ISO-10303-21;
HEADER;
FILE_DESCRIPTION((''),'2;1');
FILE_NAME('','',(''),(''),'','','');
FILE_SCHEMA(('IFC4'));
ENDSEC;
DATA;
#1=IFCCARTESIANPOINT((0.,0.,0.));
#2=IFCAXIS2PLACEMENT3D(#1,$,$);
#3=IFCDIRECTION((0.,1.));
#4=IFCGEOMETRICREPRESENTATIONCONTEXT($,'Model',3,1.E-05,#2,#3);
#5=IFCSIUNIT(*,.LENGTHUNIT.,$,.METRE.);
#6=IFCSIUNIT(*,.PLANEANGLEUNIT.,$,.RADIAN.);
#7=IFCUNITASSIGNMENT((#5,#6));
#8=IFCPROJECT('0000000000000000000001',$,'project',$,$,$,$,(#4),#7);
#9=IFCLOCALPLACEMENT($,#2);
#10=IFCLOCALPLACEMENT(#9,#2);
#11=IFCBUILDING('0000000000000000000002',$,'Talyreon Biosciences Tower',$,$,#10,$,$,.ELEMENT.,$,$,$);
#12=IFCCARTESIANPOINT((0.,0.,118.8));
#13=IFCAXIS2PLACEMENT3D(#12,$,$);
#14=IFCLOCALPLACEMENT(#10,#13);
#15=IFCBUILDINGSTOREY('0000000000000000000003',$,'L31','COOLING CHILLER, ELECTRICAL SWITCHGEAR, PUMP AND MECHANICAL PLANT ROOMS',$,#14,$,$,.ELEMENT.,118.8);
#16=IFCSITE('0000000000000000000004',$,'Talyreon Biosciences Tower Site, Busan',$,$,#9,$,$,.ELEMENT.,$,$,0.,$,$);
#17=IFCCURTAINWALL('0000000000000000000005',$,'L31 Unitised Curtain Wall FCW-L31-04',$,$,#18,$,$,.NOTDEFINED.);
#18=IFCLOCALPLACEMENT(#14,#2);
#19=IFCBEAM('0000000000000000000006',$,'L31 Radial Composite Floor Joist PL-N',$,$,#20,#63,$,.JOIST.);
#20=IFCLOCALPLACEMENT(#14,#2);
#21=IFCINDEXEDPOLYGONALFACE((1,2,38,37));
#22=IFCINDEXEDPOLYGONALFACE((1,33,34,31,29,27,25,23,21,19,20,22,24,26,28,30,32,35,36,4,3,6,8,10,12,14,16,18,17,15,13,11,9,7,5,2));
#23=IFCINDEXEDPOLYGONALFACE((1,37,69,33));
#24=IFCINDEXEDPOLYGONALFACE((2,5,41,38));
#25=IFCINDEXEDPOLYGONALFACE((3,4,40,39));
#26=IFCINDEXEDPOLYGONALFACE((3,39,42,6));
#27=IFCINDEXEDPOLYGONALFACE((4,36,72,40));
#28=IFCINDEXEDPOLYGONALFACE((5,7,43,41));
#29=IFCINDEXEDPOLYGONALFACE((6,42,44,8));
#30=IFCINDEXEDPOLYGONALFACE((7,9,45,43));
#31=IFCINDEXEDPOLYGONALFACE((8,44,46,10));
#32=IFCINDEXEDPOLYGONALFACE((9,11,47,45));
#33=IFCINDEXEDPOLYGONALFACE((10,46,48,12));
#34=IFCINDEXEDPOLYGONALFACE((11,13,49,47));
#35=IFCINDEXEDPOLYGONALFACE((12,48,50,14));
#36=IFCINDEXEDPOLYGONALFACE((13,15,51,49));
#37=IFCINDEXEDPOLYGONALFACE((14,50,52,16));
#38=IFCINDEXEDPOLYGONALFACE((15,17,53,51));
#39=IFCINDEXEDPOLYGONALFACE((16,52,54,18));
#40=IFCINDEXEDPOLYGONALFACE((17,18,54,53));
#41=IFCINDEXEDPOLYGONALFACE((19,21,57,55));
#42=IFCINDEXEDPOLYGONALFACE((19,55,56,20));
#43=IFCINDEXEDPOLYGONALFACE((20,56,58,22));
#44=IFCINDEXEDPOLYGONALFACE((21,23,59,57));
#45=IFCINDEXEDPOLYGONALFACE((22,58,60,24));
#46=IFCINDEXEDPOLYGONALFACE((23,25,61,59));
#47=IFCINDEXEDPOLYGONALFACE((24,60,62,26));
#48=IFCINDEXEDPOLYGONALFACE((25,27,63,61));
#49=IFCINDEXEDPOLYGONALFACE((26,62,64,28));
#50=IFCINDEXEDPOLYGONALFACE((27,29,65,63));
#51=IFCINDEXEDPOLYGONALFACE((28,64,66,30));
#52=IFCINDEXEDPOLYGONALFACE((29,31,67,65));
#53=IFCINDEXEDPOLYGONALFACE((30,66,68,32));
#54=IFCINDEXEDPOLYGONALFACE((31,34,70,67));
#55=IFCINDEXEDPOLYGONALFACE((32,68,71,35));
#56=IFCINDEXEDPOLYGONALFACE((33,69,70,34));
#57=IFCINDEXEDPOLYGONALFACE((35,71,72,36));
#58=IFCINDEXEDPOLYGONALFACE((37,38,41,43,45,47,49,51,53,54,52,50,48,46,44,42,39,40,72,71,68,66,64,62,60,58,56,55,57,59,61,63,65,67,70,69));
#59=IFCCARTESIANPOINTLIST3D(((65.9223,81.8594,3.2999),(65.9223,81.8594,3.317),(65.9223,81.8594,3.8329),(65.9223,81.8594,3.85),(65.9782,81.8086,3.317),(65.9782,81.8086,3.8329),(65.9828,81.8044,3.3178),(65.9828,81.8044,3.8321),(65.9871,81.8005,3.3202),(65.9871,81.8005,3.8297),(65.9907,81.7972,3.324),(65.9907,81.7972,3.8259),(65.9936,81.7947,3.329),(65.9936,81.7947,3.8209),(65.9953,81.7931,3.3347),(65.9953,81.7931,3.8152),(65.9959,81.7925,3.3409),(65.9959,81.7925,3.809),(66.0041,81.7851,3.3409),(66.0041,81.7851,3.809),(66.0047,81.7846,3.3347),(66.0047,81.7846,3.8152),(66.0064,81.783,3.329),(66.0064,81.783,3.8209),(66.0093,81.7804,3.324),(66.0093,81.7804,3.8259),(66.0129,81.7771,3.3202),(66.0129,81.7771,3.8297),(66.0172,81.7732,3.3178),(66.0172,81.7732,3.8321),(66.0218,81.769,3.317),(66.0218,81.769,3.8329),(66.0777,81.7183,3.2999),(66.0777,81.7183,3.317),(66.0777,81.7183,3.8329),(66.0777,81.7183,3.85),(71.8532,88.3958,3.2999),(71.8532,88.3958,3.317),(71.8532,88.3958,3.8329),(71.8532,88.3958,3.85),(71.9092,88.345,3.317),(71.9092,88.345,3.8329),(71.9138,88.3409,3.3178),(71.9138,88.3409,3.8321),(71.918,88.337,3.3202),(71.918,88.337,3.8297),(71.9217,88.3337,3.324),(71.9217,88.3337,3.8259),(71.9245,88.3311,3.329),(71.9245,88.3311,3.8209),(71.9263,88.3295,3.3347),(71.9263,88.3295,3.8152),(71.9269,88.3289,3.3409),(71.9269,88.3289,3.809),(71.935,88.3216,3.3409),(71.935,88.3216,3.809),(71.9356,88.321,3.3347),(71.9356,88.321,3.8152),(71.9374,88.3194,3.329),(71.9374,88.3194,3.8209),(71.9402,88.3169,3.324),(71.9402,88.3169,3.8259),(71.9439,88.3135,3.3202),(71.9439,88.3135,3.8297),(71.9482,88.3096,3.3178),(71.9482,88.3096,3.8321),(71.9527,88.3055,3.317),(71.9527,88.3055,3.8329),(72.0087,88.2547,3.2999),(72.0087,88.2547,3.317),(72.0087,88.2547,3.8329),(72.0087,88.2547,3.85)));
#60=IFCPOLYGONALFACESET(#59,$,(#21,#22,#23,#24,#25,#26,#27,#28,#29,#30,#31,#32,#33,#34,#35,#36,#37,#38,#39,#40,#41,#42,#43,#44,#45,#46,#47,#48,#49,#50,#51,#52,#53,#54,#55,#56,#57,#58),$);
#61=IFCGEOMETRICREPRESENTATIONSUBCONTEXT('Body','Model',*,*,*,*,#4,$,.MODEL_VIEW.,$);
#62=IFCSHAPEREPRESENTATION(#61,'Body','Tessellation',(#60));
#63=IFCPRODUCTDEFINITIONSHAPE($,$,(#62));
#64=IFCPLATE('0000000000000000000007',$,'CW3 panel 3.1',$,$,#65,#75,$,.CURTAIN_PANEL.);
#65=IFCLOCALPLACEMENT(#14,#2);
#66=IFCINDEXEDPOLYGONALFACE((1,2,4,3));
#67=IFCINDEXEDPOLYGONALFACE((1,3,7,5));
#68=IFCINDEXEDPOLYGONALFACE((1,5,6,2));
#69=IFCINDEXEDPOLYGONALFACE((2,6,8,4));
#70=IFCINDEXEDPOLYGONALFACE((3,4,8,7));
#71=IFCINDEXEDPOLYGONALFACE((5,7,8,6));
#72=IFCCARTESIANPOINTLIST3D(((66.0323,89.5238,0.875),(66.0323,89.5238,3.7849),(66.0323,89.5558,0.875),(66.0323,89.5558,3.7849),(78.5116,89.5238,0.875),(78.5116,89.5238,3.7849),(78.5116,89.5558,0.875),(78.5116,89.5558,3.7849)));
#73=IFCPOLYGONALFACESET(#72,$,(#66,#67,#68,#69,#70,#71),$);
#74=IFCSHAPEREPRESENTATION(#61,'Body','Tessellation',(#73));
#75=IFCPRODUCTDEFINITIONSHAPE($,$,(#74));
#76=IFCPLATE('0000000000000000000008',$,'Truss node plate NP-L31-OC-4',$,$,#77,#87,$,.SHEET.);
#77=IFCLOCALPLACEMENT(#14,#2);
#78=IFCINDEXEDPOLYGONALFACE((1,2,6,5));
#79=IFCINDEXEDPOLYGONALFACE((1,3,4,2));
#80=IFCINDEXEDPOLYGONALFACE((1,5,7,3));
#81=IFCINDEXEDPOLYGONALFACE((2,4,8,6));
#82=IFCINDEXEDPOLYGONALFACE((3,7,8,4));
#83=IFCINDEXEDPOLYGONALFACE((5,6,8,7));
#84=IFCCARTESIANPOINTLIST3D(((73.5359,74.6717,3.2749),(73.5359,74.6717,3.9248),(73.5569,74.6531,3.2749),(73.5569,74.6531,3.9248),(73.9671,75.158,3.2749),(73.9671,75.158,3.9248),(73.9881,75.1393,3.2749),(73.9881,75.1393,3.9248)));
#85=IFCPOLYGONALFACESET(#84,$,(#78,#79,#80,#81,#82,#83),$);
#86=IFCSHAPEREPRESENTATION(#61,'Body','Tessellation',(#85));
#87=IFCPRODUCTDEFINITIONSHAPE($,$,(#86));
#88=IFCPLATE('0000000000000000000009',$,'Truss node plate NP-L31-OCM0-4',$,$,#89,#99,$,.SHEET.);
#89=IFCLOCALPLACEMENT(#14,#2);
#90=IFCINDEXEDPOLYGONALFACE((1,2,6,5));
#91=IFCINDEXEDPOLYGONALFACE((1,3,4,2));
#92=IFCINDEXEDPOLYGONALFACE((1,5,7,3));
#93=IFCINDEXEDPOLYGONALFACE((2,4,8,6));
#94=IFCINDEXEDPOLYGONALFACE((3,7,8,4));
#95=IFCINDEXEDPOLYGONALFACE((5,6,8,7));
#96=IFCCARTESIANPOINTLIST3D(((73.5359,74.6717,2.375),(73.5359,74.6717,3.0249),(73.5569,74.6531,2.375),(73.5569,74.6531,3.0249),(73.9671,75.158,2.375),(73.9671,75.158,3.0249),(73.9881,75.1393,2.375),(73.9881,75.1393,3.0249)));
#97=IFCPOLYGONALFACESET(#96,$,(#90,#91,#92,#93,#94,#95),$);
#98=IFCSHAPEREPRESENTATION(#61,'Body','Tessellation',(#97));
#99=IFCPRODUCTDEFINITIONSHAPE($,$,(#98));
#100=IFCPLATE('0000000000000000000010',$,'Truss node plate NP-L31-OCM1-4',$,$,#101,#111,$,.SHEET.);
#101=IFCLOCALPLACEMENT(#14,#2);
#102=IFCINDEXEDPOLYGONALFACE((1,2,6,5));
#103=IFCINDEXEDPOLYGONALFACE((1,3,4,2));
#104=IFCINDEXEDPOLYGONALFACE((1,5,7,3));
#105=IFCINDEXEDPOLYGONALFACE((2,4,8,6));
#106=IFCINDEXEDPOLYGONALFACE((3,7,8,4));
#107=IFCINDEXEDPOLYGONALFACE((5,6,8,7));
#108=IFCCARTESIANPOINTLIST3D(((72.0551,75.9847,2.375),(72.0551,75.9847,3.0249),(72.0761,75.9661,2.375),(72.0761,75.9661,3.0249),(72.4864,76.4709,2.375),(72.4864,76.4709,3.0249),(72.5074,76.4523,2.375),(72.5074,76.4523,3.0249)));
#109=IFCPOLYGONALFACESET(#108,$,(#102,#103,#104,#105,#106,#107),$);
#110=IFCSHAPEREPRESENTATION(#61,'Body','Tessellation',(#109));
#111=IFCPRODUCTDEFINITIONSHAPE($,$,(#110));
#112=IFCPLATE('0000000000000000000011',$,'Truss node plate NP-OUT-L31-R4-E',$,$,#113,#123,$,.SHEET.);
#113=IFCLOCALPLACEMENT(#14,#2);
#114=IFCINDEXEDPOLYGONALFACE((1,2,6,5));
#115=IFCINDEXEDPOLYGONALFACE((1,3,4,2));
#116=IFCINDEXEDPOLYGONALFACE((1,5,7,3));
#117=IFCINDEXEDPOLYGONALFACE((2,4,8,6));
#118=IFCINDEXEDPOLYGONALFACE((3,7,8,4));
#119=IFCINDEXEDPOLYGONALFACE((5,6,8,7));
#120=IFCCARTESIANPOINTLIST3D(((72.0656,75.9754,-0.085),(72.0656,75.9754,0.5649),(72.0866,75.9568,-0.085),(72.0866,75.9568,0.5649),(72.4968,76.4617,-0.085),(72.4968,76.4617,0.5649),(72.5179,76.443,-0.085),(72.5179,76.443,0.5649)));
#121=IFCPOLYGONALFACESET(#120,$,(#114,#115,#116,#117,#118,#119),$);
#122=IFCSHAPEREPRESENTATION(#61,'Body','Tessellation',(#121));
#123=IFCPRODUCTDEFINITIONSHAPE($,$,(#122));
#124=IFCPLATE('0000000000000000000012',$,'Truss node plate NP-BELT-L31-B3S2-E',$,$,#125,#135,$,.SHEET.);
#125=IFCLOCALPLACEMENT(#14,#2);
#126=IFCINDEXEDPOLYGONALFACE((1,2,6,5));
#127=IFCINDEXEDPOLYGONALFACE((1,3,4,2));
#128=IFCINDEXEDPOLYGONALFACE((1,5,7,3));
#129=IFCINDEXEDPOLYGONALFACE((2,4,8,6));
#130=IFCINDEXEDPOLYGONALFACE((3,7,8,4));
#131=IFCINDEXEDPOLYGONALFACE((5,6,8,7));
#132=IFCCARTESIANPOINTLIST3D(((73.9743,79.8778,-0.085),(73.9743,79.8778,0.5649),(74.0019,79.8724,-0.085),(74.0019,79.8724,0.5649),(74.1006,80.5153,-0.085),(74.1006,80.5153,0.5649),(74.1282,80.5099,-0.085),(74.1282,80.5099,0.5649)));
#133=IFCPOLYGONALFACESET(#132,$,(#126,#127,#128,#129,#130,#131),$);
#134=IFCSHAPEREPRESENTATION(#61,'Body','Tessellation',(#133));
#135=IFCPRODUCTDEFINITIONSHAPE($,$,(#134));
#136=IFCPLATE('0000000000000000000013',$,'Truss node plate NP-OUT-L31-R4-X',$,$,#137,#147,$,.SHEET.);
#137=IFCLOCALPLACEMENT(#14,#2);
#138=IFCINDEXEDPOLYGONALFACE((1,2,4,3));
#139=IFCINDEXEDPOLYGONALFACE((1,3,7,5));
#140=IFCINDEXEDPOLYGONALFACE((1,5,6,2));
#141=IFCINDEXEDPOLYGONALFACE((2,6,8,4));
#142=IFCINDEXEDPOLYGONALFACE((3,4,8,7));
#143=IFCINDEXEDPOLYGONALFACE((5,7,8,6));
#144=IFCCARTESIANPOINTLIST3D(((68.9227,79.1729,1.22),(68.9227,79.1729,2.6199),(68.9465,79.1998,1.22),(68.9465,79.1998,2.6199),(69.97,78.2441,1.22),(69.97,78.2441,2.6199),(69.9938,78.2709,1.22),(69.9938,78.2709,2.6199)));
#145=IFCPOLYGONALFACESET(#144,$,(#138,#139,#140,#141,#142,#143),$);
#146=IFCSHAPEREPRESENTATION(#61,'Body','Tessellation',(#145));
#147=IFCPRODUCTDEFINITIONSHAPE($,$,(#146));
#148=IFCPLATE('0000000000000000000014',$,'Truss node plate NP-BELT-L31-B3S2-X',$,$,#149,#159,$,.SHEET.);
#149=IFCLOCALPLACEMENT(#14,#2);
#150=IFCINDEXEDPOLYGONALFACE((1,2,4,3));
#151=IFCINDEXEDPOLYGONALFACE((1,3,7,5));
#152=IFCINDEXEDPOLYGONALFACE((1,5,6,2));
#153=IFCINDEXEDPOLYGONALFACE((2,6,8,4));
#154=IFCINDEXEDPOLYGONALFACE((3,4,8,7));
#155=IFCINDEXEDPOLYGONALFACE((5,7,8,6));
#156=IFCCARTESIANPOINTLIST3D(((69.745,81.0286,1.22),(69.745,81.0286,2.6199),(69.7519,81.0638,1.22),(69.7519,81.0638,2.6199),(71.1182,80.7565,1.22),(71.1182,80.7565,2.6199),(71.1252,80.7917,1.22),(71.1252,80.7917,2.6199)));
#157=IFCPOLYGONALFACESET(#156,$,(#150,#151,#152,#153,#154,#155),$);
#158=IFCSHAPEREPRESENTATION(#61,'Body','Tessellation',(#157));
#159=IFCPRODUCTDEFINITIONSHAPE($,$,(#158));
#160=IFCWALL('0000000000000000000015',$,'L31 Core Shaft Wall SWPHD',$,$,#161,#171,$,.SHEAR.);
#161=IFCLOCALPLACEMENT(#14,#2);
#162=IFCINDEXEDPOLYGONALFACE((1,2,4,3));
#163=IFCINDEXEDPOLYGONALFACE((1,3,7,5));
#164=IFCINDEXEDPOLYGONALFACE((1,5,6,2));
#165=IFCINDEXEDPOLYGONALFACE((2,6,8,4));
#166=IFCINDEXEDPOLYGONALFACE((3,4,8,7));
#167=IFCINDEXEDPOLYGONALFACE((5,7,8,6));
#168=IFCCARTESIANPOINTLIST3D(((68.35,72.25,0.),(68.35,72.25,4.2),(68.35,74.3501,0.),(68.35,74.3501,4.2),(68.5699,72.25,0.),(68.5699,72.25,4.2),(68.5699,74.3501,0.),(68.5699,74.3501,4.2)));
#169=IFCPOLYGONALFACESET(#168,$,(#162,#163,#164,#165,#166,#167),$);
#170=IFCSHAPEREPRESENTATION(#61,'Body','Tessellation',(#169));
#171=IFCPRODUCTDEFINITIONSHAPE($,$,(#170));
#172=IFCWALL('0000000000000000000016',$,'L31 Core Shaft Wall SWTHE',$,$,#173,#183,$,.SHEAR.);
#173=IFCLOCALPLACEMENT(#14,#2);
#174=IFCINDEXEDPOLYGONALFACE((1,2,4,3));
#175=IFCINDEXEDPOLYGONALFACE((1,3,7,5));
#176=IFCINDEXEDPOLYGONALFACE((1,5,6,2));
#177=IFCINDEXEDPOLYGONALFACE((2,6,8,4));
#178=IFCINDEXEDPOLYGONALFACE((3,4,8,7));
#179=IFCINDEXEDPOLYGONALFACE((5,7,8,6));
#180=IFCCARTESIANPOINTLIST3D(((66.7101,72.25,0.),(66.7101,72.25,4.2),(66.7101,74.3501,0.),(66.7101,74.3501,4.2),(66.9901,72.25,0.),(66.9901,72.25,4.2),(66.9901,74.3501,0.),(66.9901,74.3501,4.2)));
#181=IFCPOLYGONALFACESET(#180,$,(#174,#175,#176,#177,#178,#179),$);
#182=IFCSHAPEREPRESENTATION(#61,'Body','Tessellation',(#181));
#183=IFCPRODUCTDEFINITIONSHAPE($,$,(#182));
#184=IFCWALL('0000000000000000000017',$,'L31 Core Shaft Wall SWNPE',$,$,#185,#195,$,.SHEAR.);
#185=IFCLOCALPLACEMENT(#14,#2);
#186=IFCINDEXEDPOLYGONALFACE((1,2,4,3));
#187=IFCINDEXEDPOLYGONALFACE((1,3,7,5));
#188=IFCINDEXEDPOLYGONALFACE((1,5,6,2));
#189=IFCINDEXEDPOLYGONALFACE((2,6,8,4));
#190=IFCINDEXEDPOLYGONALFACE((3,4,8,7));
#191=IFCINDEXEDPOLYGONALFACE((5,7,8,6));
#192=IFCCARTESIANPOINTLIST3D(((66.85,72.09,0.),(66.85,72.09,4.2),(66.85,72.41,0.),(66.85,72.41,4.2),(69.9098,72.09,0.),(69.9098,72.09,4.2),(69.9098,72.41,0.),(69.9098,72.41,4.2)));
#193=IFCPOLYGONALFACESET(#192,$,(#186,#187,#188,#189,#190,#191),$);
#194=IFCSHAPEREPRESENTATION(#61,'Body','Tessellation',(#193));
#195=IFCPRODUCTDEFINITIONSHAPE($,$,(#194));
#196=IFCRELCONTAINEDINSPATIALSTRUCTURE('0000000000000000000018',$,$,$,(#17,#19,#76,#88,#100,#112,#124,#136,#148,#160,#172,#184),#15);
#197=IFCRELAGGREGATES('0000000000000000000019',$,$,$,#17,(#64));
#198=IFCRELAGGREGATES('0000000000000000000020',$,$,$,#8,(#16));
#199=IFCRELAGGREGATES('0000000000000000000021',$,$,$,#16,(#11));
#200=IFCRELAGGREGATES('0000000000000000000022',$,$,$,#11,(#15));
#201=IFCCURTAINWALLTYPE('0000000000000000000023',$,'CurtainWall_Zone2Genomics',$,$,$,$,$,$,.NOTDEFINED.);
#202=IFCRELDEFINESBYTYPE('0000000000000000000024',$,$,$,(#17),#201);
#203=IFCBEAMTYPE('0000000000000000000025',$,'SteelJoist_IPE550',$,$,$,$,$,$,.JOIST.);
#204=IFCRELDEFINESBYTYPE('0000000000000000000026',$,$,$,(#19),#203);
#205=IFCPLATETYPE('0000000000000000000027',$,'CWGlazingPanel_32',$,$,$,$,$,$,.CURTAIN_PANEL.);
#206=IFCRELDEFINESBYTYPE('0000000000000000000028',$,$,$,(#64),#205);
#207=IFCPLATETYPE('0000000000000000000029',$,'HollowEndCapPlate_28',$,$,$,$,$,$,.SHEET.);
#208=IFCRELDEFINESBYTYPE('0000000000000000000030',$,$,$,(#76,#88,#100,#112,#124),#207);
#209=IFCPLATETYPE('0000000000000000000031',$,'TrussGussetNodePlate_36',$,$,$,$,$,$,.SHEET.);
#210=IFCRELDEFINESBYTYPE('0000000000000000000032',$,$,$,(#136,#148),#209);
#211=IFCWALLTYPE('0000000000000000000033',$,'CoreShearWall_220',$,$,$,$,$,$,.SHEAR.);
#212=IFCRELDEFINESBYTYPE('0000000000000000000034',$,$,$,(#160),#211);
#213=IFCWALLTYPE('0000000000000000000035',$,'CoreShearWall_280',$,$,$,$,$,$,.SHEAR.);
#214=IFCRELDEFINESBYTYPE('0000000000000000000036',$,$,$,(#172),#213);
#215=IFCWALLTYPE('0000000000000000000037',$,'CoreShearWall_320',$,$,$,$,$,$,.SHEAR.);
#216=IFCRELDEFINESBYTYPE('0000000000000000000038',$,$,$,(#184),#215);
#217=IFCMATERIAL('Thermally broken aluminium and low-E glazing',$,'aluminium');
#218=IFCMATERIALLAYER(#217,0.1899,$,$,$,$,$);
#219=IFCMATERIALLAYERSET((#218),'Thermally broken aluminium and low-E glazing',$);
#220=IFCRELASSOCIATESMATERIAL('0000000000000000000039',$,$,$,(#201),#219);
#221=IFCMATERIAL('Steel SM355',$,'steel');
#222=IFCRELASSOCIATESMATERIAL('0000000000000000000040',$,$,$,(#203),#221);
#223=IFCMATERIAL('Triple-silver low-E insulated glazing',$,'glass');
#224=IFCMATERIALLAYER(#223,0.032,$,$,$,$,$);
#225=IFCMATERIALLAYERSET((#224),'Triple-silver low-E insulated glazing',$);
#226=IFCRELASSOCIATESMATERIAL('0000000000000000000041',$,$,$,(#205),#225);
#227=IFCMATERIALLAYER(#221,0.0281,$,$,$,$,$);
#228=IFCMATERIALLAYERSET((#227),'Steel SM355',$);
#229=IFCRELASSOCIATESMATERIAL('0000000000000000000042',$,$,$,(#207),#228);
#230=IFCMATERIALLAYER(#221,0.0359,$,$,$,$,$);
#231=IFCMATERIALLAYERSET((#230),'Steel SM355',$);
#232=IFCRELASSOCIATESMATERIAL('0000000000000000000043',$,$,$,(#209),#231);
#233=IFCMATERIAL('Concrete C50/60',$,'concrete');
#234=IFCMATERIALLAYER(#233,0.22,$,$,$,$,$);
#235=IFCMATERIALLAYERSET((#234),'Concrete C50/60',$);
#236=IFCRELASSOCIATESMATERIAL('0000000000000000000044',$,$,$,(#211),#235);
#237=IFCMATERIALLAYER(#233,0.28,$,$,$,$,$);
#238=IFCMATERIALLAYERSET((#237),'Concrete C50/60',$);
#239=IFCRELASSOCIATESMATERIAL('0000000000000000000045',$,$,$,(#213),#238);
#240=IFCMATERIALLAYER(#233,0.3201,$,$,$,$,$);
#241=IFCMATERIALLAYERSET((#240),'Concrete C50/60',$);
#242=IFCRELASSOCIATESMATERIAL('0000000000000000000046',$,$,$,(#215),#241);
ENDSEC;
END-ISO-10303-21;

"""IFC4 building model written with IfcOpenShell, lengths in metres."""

from ifc_helpers import new_model, si_unit, direction, frame, frame_2d, origin, origin_2d, place, context, subcontext, project, spatial, rectangle, i_section, extrude, material, layer, layer_set, material_profile, profile_set, type_object, element, aggregate, save


model = new_model("IFC4")

# Units and contexts
model_context = context("Model", 3, precision=1e-05, world=origin(), true_north=direction((0.0, 1.0)))
body_context = subcontext(model_context, "Body", "Model", "MODEL_VIEW")
ifc_project = project(units=[si_unit("LENGTHUNIT", "METRE"), si_unit("PLANEANGLEUNIT", "RADIAN")], contexts=[model_context])

# Site, building, storey
site_placement = place(None, origin())
site = spatial("IfcSite", under=ifc_project, at=site_placement, Name="Talyreon Biosciences Tower Site, Busan", CompositionType="ELEMENT", RefElevation=0.0)
building_placement = place(site_placement, origin())
building = spatial("IfcBuilding", under=site, at=building_placement, Name="Talyreon Biosciences Tower", CompositionType="ELEMENT")
storey_placement = place(building_placement, frame((0.0, 0.0, 118.8)))
storey = spatial("IfcBuildingStorey", under=building, at=storey_placement, Name="L31", Description="COOLING CHILLER, ELECTRICAL SWITCHGEAR, PUMP AND MECHANICAL PLANT ROOMS", CompositionType="ELEMENT", Elevation=118.8)

# Shared definitions
ifc_material_1 = material(Name="Concrete C50/60", Category="concrete")

# Shared definitions
ifc_material_2 = material(Name="Steel SM355", Category="steel")

# Curtain wall
ifc_material_3 = material(Name="Thermally broken aluminium and low-E glazing", Category="aluminium")
ifc_layer_1 = layer(ifc_material_3, 0.1899)
ifc_layer_set_1 = layer_set([ifc_layer_1], Name="Thermally broken aluminium and low-E glazing")
curtain_wall_type = type_object("IfcCurtainWallType", Name="CurtainWall_Zone2Genomics", PredefinedType="NOTDEFINED", material=ifc_layer_set_1)
curtain_wall_placement = place(storey_placement, origin())
curtain_wall = element("IfcCurtainWall", 1, at=curtain_wall_placement, inside=storey, type_object=curtain_wall_type, Name="L31 Unitised Curtain Wall FCW-L31-04", PredefinedType="NOTDEFINED")

# Beam
ifc_material_profile_1 = material_profile(ifc_material_2, i_section(OverallWidth=0.21, OverallDepth=0.55, WebThickness=0.011, FlangeThickness=0.0171, FilletRadius=0.0239, at=origin_2d()), Name="IPE550")
ifc_profile_set_1 = profile_set([ifc_material_profile_1], Name="Steel SM355")
beam_type_1 = type_object("IfcBeamType", Name="SteelJoist_IPE550", PredefinedType="JOIST", material=ifc_profile_set_1)
beam_1_placement = place(storey_placement, frame((66.0, 81.7888, 3.575), z_axis=(0.671974, 0.740574, 0.0), x_axis=(-0.740574, 0.671974, 0.0)))
element("IfcBeam", 2, at=beam_1_placement, inside=storey, type_object=beam_type_1, Name="L31 Radial Composite Floor Joist PL-N", PredefinedType="JOIST", context=body_context, shape_type="SweptSolid", body=[
    extrude(i_section(OverallWidth=0.21, OverallDepth=0.55, WebThickness=0.011, FlangeThickness=0.0171, FilletRadius=0.0239, at=origin_2d()), origin(), (0.0, 0.0, 1.0), 8.8262),
])

# Plate
ifc_material_4 = material(Name="Triple-silver low-E insulated glazing", Category="glass")
ifc_layer_2 = layer(ifc_material_4, 0.032)
ifc_layer_set_2 = layer_set([ifc_layer_2], Name="Triple-silver low-E insulated glazing")
plate_type_1 = type_object("IfcPlateType", Name="CWGlazingPanel_32", PredefinedType="CURTAIN_PANEL", material=ifc_layer_set_2)
plate_placement = place(storey_placement, frame((72.272, 89.5398, 0.875), z_axis=(0.0, 0.0, 1.0), x_axis=(1.0, 0.0, 0.0)))
plate = element("IfcPlate", 3, at=plate_placement, type_object=plate_type_1, Name="CW3 panel 3.1", PredefinedType="CURTAIN_PANEL", context=body_context, shape_type="SweptSolid", body=[
    extrude(rectangle(XDim=12.4792, YDim=0.032, at=origin_2d()), origin(), (0.0, 0.0, 1.0), 2.9099),
])
aggregate(curtain_wall, [plate])

# Plates
ifc_layer_3 = layer(ifc_material_2, 0.0281)
ifc_layer_set_3 = layer_set([ifc_layer_3], Name="Steel SM355")
plate_type_2 = type_object("IfcPlateType", Name="HollowEndCapPlate_28", PredefinedType="SHEET", material=ifc_layer_set_3)
for number, where, z_axis, x_axis, name in (
    (4, (73.762, 74.9055, 3.2749), (0.0, 0.0, 1.0), (-0.663495, -0.74818, 0.0), "Truss node plate NP-L31-OC-4"),
    (5, (73.762, 74.9055, 2.375), (0.0, 0.0, 1.0), (-0.663495, -0.74818, 0.0), "Truss node plate NP-L31-OCM0-4"),
    (6, (72.2812, 76.2185, 2.375), (0.0, 0.0, 1.0), (-0.663495, -0.74818, 0.0), "Truss node plate NP-L31-OCM1-4"),
    (7, (72.2917, 76.2092, -0.085), (0.0, 0.0, 1.0), (-0.663495, -0.74818, 0.0), "Truss node plate NP-OUT-L31-R4-E"),
    (8, (74.0513, 80.1938, -0.085), (0.0, 0.0, 1.0), (-0.194337, -0.980935, 0.0), "Truss node plate NP-BELT-L31-B3S2-E"),
):
    element("IfcPlate", number, at=place(storey_placement, frame(where, z_axis=z_axis, x_axis=x_axis)), inside=storey, type_object=plate_type_2, Name=name, PredefinedType="SHEET", context=body_context, shape_type="SweptSolid", body=[
        extrude(rectangle(XDim=0.6499, YDim=0.0281, at=origin_2d()), origin(), (0.0, 0.0, 1.0), 0.6499),
    ])
ifc_layer_4 = layer(ifc_material_2, 0.0359)
ifc_layer_set_4 = layer_set([ifc_layer_4], Name="Steel SM355")
plate_type_3 = type_object("IfcPlateType", Name="TrussGussetNodePlate_36", PredefinedType="SHEET", material=ifc_layer_set_4)
for number, where, z_axis, x_axis, name in (
    (9, (69.4583, 78.7219, 1.22), (0.0, 0.0, 1.0), (-0.74818, 0.663495, 0.0), "Truss node plate NP-OUT-L31-R4-X"),
    (10, (70.4351, 80.9102, 1.22), (0.0, 0.0, 1.0), (-0.980935, 0.194337, 0.0), "Truss node plate NP-BELT-L31-B3S2-X"),
):
    element("IfcPlate", number, at=place(storey_placement, frame(where, z_axis=z_axis, x_axis=x_axis)), inside=storey, type_object=plate_type_3, Name=name, PredefinedType="SHEET", context=body_context, shape_type="SweptSolid", body=[
        extrude(rectangle(XDim=1.3999, YDim=0.0359, at=origin_2d()), origin(), (0.0, 0.0, 1.0), 1.3999),
    ])

# Walls
ifc_layer_5 = layer(ifc_material_1, 0.22)
ifc_layer_set_5 = layer_set([ifc_layer_5], Name="Concrete C50/60")
wall_type_1 = type_object("IfcWallType", Name="CoreShearWall_220", PredefinedType="SHEAR", material=ifc_layer_set_5)
wall_1_placement = place(storey_placement, frame((68.46, 72.25, 0.0), z_axis=(0.0, 0.0, 1.0), x_axis=(0.0, 1.0, 0.0)))
element("IfcWall", 11, at=wall_1_placement, inside=storey, type_object=wall_type_1, Name="L31 Core Shaft Wall SWPHD", PredefinedType="SHEAR", context=body_context, shape_type="SweptSolid", body=[
    extrude(rectangle(XDim=2.1001, YDim=0.22, at=frame_2d((1.05, 0.0))), origin(), (0.0, 0.0, 1.0), 4.2),
])
ifc_layer_6 = layer(ifc_material_1, 0.28)
ifc_layer_set_6 = layer_set([ifc_layer_6], Name="Concrete C50/60")
wall_type_2 = type_object("IfcWallType", Name="CoreShearWall_280", PredefinedType="SHEAR", material=ifc_layer_set_6)
wall_2_placement = place(storey_placement, frame((66.8501, 72.25, 0.0), z_axis=(0.0, 0.0, 1.0), x_axis=(0.0, 1.0, 0.0)))
element("IfcWall", 12, at=wall_2_placement, inside=storey, type_object=wall_type_2, Name="L31 Core Shaft Wall SWTHE", PredefinedType="SHEAR", context=body_context, shape_type="SweptSolid", body=[
    extrude(rectangle(XDim=2.1001, YDim=0.28, at=frame_2d((1.05, 0.0))), origin(), (0.0, 0.0, 1.0), 4.2),
])
ifc_layer_7 = layer(ifc_material_1, 0.3201)
ifc_layer_set_7 = layer_set([ifc_layer_7], Name="Concrete C50/60")
wall_type_3 = type_object("IfcWallType", Name="CoreShearWall_320", PredefinedType="SHEAR", material=ifc_layer_set_7)
wall_3_placement = place(storey_placement, frame((66.8501, 72.25, 0.0), z_axis=(0.0, 0.0, 1.0), x_axis=(1.0, 0.0, 0.0)))
element("IfcWall", 13, at=wall_3_placement, inside=storey, type_object=wall_type_3, Name="L31 Core Shaft Wall SWNPE", PredefinedType="SHEAR", context=body_context, shape_type="SweptSolid", body=[
    extrude(rectangle(XDim=3.0598, YDim=0.3201, at=frame_2d((1.5298, 0.0))), origin(), (0.0, 0.0, 1.0), 4.2),
])

save(model, "model.ifc")
